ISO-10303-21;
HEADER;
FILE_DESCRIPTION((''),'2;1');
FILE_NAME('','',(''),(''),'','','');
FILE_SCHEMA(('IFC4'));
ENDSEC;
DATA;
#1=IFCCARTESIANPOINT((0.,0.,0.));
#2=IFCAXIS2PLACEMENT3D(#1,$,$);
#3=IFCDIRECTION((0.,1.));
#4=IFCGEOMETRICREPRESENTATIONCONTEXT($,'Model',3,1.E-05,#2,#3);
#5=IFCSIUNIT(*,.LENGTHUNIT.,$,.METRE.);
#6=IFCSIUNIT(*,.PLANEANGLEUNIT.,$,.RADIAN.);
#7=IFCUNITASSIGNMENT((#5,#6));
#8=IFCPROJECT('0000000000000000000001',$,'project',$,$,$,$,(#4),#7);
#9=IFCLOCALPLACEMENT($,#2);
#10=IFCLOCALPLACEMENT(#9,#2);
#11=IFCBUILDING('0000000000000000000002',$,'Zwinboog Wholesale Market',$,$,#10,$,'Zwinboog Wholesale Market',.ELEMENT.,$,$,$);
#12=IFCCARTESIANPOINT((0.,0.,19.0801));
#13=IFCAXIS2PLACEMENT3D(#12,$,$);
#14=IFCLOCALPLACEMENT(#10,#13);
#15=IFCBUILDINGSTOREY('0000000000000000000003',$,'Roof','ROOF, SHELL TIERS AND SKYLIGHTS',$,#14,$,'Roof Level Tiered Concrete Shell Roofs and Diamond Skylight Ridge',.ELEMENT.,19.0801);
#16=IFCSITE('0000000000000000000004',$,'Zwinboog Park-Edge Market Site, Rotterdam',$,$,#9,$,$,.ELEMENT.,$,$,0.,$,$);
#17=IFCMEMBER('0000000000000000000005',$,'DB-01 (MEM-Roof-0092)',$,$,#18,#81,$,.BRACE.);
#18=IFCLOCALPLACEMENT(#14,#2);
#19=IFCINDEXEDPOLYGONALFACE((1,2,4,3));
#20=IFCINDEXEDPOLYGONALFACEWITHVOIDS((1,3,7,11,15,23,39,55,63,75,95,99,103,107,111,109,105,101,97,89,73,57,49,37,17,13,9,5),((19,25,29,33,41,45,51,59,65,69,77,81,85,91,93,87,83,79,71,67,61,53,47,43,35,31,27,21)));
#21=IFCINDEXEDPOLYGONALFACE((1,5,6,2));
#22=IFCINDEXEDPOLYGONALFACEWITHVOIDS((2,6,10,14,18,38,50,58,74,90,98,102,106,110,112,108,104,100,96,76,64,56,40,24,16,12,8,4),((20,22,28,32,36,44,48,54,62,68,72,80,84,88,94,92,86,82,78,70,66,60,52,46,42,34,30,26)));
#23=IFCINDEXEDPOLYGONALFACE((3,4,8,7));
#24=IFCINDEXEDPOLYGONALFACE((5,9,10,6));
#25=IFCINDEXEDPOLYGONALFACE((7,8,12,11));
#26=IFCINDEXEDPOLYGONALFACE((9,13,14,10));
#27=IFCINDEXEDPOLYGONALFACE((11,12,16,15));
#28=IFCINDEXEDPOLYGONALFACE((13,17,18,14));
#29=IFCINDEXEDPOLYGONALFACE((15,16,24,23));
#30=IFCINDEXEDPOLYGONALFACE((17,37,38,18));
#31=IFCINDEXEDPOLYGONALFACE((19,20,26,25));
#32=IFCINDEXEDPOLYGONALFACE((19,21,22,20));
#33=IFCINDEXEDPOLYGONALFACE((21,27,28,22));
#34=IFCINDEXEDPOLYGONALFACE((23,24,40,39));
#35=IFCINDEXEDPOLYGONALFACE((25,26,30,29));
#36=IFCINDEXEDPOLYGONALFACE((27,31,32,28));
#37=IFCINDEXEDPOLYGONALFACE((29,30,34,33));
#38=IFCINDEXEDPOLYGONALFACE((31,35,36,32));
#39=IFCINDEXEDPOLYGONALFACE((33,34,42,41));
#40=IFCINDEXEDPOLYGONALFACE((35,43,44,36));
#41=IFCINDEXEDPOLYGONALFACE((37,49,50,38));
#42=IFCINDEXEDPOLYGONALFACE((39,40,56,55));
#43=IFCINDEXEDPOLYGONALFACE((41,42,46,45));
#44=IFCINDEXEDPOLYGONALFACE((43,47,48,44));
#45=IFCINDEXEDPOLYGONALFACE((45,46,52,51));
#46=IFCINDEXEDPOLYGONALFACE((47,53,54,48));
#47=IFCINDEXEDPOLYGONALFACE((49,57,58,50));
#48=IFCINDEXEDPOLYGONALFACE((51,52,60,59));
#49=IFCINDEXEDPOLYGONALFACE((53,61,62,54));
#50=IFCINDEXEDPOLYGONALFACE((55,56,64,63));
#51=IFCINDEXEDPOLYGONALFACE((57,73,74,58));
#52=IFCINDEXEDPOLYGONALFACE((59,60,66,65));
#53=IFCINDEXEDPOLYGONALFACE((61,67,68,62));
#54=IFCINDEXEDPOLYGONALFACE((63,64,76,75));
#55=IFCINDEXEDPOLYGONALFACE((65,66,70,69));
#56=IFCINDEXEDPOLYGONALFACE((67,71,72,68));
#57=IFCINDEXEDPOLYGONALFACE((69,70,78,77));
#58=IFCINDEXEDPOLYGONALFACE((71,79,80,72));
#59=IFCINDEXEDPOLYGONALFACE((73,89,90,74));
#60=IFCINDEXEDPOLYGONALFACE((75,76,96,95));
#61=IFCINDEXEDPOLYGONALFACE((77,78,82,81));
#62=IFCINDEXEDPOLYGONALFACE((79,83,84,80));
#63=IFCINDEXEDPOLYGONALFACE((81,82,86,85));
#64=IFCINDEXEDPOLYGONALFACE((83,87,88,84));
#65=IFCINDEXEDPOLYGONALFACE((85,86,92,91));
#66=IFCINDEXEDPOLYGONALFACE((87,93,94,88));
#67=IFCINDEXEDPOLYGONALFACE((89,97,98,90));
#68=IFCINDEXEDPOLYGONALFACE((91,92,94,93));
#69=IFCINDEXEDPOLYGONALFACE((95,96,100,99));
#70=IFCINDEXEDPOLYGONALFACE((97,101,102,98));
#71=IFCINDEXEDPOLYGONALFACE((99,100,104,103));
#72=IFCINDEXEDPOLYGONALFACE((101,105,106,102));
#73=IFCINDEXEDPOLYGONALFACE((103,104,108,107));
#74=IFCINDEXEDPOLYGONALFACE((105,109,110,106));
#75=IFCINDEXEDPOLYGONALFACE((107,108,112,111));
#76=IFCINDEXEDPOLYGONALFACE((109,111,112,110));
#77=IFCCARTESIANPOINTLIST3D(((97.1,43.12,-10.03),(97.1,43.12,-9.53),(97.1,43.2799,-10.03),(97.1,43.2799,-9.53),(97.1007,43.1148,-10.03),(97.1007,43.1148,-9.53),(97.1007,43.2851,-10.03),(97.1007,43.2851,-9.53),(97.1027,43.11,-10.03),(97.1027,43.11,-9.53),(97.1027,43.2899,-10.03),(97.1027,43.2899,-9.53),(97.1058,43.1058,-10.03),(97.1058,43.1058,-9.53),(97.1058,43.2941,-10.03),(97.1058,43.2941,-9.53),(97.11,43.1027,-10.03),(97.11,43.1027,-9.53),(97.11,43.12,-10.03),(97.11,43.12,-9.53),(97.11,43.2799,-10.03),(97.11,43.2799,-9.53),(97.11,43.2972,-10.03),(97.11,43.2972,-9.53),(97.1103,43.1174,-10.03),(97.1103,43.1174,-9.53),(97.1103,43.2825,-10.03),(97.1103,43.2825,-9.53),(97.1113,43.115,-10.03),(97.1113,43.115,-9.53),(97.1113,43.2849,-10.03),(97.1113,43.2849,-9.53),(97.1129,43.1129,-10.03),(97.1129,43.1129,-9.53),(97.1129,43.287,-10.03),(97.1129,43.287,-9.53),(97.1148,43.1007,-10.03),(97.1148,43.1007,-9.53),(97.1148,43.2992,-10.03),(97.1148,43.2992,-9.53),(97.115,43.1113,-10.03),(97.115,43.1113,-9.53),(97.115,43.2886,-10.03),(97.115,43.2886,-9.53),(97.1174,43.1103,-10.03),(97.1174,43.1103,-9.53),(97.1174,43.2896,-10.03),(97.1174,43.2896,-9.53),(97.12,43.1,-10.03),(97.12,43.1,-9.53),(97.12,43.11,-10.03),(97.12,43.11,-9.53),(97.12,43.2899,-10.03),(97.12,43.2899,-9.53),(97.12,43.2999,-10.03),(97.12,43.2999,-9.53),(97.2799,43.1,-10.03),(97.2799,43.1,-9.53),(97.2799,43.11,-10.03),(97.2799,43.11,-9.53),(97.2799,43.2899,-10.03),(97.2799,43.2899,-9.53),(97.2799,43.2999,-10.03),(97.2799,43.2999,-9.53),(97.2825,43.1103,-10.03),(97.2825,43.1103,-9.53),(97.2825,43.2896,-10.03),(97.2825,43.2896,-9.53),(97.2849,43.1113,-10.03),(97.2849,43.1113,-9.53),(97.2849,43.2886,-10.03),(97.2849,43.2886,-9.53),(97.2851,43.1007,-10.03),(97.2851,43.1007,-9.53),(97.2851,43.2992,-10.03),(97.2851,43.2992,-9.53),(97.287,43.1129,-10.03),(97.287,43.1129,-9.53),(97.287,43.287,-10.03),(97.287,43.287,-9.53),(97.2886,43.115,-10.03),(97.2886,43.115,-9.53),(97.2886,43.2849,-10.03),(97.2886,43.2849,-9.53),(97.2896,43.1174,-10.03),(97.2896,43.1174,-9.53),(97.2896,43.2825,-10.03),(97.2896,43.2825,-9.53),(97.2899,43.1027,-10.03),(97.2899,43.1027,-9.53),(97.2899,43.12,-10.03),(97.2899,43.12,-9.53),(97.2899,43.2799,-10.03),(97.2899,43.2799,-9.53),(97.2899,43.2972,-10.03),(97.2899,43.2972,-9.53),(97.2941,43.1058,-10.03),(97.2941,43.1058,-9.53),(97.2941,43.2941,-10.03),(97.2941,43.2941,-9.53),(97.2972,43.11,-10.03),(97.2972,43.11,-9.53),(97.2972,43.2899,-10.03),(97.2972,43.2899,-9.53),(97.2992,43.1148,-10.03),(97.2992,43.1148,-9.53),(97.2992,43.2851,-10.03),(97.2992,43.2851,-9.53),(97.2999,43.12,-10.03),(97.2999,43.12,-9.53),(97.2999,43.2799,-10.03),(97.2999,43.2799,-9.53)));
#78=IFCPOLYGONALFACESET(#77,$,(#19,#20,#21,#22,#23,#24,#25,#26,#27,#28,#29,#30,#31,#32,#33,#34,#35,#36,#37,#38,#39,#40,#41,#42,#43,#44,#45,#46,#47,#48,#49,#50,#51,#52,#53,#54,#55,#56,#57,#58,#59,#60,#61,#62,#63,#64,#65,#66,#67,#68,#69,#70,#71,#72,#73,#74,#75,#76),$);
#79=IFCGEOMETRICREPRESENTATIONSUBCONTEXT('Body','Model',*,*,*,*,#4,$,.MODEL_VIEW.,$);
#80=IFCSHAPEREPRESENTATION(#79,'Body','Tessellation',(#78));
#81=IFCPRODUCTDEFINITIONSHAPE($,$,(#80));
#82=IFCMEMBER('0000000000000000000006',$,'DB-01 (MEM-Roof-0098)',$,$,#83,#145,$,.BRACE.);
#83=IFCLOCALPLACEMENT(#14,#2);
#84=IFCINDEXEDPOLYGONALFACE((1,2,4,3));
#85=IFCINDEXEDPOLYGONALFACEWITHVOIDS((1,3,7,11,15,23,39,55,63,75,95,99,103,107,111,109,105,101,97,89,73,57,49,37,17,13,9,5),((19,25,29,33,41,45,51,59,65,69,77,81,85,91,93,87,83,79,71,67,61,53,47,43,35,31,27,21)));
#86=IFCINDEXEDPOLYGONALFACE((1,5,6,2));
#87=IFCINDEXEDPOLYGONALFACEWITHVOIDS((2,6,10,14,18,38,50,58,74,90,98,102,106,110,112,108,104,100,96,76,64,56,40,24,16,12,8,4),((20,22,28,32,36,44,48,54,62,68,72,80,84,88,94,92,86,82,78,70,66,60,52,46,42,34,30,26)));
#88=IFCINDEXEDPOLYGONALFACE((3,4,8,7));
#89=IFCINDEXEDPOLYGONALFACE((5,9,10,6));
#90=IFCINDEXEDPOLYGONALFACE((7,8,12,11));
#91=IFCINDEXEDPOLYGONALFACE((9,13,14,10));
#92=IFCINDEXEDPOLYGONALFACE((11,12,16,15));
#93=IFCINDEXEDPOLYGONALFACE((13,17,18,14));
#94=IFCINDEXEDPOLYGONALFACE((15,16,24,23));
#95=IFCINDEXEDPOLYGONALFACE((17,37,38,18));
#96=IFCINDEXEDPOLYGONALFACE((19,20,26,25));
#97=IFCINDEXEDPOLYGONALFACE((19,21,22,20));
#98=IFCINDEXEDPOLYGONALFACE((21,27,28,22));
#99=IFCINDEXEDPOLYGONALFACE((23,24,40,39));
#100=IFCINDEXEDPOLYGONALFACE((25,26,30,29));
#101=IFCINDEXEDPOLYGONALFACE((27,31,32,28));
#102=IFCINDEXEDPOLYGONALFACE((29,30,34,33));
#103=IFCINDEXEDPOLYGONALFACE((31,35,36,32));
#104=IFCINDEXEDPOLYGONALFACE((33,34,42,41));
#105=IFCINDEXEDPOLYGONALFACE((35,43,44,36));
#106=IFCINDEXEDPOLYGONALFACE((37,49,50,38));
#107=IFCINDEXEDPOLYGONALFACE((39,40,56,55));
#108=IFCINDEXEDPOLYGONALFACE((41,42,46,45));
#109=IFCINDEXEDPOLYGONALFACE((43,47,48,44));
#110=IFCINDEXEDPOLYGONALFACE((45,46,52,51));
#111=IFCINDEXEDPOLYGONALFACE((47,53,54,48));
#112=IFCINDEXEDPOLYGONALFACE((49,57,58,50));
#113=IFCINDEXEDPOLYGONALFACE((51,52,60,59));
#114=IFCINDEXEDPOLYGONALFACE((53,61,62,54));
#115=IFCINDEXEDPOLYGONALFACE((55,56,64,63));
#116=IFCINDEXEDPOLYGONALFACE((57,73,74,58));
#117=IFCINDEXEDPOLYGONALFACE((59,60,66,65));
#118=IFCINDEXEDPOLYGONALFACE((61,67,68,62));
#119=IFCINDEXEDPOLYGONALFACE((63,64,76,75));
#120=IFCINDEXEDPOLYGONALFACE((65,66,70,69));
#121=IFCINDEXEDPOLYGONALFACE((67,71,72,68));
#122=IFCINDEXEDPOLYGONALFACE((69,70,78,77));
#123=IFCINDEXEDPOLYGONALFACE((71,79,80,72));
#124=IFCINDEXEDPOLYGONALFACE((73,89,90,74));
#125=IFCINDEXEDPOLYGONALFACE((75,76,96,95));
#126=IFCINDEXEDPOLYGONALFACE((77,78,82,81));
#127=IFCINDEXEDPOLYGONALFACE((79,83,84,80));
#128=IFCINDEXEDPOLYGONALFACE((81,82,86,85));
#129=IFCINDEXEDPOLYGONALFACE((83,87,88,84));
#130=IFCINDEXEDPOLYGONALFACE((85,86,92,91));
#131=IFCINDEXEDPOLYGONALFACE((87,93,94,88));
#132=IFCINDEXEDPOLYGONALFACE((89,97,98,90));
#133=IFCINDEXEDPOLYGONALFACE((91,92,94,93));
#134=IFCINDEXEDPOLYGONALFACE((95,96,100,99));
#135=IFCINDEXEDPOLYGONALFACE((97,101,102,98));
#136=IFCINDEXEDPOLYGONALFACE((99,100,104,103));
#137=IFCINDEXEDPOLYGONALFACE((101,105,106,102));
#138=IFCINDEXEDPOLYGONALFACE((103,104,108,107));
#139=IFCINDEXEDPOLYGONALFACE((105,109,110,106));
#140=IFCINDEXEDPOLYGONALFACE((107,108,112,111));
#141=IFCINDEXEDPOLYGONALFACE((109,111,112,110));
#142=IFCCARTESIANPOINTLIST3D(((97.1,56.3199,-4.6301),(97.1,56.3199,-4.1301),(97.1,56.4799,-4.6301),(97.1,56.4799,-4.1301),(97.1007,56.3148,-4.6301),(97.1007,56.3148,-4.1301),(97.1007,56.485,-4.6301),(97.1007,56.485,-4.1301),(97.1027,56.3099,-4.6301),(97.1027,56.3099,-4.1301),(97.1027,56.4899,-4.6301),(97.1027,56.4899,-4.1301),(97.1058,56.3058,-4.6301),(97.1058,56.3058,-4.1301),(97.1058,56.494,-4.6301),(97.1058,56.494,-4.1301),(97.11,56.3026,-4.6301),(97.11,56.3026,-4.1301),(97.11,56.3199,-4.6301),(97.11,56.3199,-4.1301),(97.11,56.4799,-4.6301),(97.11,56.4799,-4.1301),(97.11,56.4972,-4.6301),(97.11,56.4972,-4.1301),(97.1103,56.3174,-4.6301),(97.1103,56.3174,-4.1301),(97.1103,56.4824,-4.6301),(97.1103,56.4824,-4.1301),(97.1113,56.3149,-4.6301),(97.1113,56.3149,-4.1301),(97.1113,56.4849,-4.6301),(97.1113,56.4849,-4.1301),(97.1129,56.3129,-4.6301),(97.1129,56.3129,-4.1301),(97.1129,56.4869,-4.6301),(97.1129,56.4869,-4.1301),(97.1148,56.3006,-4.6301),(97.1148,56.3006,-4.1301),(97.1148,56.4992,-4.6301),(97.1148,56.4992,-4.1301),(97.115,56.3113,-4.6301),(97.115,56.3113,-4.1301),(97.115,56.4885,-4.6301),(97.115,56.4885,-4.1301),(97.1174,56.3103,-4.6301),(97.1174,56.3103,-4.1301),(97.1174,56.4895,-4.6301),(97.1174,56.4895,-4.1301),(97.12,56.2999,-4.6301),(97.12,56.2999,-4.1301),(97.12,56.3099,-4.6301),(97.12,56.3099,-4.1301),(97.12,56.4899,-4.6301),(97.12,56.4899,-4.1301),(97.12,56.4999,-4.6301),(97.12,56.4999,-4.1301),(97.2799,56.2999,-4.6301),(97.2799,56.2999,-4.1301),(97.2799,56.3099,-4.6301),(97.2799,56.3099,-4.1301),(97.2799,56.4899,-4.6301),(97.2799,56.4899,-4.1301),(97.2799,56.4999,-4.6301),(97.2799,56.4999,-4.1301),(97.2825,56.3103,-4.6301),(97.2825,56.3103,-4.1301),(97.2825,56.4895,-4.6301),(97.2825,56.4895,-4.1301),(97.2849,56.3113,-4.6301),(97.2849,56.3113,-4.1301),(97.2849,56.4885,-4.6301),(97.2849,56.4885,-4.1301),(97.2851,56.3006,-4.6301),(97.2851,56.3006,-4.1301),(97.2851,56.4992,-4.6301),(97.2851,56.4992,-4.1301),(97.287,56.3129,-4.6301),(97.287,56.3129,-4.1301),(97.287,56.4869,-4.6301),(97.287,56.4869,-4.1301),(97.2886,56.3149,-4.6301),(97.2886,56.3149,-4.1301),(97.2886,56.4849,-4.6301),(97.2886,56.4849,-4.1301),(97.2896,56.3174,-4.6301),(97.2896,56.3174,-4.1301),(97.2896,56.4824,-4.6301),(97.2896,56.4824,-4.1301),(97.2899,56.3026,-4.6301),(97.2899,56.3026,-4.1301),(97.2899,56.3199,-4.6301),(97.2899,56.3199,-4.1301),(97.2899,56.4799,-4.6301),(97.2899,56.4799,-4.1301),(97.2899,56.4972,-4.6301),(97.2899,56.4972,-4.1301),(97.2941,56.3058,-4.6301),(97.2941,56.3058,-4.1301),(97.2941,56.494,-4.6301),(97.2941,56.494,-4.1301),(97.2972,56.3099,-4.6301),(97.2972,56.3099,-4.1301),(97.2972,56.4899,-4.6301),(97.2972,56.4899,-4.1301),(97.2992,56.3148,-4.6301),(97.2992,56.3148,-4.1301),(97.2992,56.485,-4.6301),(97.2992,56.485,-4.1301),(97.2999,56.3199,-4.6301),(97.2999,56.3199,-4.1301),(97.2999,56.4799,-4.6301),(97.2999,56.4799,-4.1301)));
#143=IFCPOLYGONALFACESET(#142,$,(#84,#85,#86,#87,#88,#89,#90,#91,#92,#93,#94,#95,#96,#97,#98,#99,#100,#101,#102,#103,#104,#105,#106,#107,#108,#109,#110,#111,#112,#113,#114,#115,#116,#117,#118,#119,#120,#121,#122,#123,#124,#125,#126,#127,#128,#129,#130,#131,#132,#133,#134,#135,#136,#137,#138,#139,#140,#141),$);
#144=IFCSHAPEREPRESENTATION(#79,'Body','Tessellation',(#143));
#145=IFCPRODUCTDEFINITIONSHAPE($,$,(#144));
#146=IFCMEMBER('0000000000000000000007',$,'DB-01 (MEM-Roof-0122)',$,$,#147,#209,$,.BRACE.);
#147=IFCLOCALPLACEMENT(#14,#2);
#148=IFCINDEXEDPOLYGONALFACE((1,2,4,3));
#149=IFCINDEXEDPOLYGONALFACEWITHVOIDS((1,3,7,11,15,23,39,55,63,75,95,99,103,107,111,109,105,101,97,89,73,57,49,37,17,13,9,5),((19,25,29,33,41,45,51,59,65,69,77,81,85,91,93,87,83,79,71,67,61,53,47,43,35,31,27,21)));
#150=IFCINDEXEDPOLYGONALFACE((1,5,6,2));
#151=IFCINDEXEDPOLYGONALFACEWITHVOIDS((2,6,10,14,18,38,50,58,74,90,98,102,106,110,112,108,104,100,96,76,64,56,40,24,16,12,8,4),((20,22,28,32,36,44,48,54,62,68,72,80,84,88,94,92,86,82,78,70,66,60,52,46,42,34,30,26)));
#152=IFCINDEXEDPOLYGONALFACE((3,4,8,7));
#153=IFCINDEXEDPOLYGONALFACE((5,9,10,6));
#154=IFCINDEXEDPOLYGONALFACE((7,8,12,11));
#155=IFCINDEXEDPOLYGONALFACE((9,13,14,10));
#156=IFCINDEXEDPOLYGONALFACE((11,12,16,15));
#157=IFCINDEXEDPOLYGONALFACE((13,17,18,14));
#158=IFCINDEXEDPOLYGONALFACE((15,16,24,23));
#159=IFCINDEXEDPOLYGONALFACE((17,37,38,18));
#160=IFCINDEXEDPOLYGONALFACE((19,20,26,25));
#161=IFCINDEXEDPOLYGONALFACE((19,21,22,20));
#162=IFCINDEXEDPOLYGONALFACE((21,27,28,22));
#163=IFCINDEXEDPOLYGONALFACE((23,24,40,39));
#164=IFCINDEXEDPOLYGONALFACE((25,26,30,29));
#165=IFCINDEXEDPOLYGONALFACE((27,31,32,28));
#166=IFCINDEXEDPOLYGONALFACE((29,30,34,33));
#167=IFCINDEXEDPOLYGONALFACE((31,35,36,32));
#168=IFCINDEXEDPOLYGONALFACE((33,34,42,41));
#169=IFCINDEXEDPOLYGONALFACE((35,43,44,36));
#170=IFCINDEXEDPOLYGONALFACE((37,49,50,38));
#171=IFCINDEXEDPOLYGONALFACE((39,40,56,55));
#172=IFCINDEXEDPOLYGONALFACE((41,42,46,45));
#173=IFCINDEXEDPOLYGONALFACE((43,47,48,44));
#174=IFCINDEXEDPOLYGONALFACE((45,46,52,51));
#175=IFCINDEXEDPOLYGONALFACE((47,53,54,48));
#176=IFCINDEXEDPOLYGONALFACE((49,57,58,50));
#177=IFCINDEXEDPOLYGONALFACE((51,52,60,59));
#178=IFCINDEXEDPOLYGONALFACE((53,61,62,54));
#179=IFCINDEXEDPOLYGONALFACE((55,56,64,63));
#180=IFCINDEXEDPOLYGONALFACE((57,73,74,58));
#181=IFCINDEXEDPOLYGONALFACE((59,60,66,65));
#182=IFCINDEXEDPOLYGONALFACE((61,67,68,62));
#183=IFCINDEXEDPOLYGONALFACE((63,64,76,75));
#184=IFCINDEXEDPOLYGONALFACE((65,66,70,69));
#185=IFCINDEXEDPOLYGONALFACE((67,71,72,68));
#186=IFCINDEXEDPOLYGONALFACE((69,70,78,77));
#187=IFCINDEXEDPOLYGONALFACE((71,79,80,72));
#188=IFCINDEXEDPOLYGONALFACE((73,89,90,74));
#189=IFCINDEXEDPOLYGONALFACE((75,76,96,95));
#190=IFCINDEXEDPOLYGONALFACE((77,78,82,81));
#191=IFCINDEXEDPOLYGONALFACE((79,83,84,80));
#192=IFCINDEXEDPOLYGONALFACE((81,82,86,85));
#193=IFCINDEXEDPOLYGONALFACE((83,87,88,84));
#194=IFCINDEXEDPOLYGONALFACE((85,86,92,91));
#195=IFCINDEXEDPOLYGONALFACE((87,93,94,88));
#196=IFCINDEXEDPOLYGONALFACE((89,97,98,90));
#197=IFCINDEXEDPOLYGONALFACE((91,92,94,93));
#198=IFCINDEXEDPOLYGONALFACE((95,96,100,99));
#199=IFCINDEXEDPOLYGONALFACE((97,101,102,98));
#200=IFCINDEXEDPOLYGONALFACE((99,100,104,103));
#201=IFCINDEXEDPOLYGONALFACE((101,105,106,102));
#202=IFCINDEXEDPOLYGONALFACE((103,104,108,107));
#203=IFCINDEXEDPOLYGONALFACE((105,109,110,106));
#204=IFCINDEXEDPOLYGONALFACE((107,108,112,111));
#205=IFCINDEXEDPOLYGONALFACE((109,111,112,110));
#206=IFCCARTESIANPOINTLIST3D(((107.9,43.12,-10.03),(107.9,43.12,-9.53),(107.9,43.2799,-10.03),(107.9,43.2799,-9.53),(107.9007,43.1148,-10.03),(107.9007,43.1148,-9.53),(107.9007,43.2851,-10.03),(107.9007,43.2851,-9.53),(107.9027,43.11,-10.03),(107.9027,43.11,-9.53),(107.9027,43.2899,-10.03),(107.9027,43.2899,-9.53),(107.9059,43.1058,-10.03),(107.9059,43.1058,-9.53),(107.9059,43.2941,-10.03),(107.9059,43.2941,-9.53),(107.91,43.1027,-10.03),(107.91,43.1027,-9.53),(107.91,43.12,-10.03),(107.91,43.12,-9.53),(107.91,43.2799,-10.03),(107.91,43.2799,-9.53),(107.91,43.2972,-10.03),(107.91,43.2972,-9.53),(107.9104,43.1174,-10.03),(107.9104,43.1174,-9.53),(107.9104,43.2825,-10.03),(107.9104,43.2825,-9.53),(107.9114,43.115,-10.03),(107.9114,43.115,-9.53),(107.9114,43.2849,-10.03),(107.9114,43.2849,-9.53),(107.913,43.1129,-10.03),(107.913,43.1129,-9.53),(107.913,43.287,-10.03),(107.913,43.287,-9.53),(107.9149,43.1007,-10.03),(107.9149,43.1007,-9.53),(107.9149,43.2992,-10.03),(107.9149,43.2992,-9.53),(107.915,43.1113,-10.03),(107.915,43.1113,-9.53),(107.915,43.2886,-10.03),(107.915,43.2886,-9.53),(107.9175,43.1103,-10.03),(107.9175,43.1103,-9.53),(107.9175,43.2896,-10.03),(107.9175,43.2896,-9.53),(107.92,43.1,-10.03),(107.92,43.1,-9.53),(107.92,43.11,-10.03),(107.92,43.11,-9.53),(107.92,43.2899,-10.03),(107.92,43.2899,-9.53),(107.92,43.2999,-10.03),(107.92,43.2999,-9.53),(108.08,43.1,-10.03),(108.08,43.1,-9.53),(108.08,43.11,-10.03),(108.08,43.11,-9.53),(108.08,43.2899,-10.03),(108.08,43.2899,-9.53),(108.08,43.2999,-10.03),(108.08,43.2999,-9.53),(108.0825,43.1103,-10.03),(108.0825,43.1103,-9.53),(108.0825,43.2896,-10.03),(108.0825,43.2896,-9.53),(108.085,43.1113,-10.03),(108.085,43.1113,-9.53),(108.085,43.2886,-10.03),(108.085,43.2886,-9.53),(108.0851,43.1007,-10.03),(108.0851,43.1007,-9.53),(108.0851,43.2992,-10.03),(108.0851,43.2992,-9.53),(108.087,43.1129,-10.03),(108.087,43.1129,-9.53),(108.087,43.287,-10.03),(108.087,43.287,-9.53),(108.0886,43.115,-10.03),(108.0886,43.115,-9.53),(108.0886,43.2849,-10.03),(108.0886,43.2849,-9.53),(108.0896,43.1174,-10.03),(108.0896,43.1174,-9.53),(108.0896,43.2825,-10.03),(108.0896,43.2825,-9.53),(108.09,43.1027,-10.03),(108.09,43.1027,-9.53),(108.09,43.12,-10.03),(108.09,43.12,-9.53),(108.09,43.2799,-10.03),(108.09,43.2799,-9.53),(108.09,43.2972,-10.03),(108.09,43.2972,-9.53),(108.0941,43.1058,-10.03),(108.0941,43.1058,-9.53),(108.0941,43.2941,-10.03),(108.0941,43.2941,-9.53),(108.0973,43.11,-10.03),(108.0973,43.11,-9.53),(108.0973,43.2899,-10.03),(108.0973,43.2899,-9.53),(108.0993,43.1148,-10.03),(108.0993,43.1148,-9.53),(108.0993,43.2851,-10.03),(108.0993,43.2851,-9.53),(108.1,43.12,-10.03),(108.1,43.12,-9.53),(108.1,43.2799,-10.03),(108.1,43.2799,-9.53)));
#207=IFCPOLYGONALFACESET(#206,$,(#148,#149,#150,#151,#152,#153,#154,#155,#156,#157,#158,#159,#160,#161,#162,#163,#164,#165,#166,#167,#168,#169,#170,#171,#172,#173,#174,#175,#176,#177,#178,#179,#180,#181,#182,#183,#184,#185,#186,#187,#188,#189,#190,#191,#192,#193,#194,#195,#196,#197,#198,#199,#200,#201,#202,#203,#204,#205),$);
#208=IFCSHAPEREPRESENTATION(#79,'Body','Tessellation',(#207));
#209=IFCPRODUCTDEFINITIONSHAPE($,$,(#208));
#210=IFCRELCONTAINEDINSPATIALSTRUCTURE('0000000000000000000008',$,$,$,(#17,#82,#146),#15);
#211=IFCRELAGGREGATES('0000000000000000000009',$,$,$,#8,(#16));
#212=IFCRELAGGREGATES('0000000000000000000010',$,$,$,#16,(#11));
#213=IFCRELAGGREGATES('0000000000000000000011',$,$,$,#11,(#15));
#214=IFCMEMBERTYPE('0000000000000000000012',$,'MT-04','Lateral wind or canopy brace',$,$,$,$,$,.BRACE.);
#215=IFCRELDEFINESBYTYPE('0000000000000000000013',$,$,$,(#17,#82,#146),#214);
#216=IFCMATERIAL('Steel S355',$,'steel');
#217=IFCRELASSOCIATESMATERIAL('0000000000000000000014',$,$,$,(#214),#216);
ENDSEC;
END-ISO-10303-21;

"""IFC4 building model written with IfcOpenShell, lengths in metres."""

from ifc_helpers import new_model, si_unit, direction, frame, origin, origin_2d, place, context, subcontext, project, spatial, hollow_rectangle, extrude, material, material_profile, profile_set, type_object, element, save


model = new_model("IFC4")

# Units and contexts
model_context = context("Model", 3, precision=1e-05, world=origin(), true_north=direction((0.0, 1.0)))
body_context = subcontext(model_context, "Body", "Model", "MODEL_VIEW")
ifc_project = project(units=[si_unit("LENGTHUNIT", "METRE"), si_unit("PLANEANGLEUNIT", "RADIAN")], contexts=[model_context])

# Site, building, storey
site_placement = place(None, origin())
site = spatial("IfcSite", under=ifc_project, at=site_placement, Name="Zwinboog Park-Edge Market Site, Rotterdam", CompositionType="ELEMENT", RefElevation=0.0)
building_placement = place(site_placement, origin())
building = spatial("IfcBuilding", under=site, at=building_placement, Name="Zwinboog Wholesale Market", LongName="Zwinboog Wholesale Market", CompositionType="ELEMENT")
storey_placement = place(building_placement, frame((0.0, 0.0, 19.0801)))
storey = spatial("IfcBuildingStorey", under=building, at=storey_placement, Name="Roof", Description="ROOF, SHELL TIERS AND SKYLIGHTS", LongName="Roof Level Tiered Concrete Shell Roofs and Diamond Skylight Ridge", CompositionType="ELEMENT", Elevation=19.0801)

# Members
ifc_material_1 = material(Name="Steel S355", Category="steel")
ifc_material_profile_1 = material_profile(ifc_material_1, hollow_rectangle(XDim=0.2, YDim=0.2, WallThickness=0.01, InnerFilletRadius=0.01, OuterFilletRadius=0.02, at=origin_2d()), Name="SHS 200x200x10")
ifc_profile_set_1 = profile_set([ifc_material_profile_1], Name="Steel S355")
member_type_1 = type_object("IfcMemberType", Name="MT-04", Description="Lateral wind or canopy brace", PredefinedType="BRACE", material=ifc_profile_set_1)
for number, where, z_axis, x_axis, name in (
    (1, (97.2, 43.2, -10.03), (0.0, 0.0, 1.0), (1.0, 0.0, 0.0), "DB-01 (MEM-Roof-0092)"),
    (2, (97.2, 56.3999, -4.6301), (0.0, 0.0, 1.0), (1.0, 0.0, 0.0), "DB-01 (MEM-Roof-0098)"),
    (3, (108.0, 43.2, -10.03), (0.0, 0.0, 1.0), (1.0, 0.0, 0.0), "DB-01 (MEM-Roof-0122)"),
):
    element("IfcMember", number, at=place(storey_placement, frame(where, z_axis=z_axis, x_axis=x_axis)), inside=storey, type_object=member_type_1, Name=name, PredefinedType="BRACE", context=body_context, shape_type="SweptSolid", body=[
        extrude(hollow_rectangle(XDim=0.2, YDim=0.2, WallThickness=0.01, InnerFilletRadius=0.01, OuterFilletRadius=0.02, at=origin_2d()), origin(), (0.0, 0.0, 1.0), 0.5),
    ])

save(model, "model.ifc")
